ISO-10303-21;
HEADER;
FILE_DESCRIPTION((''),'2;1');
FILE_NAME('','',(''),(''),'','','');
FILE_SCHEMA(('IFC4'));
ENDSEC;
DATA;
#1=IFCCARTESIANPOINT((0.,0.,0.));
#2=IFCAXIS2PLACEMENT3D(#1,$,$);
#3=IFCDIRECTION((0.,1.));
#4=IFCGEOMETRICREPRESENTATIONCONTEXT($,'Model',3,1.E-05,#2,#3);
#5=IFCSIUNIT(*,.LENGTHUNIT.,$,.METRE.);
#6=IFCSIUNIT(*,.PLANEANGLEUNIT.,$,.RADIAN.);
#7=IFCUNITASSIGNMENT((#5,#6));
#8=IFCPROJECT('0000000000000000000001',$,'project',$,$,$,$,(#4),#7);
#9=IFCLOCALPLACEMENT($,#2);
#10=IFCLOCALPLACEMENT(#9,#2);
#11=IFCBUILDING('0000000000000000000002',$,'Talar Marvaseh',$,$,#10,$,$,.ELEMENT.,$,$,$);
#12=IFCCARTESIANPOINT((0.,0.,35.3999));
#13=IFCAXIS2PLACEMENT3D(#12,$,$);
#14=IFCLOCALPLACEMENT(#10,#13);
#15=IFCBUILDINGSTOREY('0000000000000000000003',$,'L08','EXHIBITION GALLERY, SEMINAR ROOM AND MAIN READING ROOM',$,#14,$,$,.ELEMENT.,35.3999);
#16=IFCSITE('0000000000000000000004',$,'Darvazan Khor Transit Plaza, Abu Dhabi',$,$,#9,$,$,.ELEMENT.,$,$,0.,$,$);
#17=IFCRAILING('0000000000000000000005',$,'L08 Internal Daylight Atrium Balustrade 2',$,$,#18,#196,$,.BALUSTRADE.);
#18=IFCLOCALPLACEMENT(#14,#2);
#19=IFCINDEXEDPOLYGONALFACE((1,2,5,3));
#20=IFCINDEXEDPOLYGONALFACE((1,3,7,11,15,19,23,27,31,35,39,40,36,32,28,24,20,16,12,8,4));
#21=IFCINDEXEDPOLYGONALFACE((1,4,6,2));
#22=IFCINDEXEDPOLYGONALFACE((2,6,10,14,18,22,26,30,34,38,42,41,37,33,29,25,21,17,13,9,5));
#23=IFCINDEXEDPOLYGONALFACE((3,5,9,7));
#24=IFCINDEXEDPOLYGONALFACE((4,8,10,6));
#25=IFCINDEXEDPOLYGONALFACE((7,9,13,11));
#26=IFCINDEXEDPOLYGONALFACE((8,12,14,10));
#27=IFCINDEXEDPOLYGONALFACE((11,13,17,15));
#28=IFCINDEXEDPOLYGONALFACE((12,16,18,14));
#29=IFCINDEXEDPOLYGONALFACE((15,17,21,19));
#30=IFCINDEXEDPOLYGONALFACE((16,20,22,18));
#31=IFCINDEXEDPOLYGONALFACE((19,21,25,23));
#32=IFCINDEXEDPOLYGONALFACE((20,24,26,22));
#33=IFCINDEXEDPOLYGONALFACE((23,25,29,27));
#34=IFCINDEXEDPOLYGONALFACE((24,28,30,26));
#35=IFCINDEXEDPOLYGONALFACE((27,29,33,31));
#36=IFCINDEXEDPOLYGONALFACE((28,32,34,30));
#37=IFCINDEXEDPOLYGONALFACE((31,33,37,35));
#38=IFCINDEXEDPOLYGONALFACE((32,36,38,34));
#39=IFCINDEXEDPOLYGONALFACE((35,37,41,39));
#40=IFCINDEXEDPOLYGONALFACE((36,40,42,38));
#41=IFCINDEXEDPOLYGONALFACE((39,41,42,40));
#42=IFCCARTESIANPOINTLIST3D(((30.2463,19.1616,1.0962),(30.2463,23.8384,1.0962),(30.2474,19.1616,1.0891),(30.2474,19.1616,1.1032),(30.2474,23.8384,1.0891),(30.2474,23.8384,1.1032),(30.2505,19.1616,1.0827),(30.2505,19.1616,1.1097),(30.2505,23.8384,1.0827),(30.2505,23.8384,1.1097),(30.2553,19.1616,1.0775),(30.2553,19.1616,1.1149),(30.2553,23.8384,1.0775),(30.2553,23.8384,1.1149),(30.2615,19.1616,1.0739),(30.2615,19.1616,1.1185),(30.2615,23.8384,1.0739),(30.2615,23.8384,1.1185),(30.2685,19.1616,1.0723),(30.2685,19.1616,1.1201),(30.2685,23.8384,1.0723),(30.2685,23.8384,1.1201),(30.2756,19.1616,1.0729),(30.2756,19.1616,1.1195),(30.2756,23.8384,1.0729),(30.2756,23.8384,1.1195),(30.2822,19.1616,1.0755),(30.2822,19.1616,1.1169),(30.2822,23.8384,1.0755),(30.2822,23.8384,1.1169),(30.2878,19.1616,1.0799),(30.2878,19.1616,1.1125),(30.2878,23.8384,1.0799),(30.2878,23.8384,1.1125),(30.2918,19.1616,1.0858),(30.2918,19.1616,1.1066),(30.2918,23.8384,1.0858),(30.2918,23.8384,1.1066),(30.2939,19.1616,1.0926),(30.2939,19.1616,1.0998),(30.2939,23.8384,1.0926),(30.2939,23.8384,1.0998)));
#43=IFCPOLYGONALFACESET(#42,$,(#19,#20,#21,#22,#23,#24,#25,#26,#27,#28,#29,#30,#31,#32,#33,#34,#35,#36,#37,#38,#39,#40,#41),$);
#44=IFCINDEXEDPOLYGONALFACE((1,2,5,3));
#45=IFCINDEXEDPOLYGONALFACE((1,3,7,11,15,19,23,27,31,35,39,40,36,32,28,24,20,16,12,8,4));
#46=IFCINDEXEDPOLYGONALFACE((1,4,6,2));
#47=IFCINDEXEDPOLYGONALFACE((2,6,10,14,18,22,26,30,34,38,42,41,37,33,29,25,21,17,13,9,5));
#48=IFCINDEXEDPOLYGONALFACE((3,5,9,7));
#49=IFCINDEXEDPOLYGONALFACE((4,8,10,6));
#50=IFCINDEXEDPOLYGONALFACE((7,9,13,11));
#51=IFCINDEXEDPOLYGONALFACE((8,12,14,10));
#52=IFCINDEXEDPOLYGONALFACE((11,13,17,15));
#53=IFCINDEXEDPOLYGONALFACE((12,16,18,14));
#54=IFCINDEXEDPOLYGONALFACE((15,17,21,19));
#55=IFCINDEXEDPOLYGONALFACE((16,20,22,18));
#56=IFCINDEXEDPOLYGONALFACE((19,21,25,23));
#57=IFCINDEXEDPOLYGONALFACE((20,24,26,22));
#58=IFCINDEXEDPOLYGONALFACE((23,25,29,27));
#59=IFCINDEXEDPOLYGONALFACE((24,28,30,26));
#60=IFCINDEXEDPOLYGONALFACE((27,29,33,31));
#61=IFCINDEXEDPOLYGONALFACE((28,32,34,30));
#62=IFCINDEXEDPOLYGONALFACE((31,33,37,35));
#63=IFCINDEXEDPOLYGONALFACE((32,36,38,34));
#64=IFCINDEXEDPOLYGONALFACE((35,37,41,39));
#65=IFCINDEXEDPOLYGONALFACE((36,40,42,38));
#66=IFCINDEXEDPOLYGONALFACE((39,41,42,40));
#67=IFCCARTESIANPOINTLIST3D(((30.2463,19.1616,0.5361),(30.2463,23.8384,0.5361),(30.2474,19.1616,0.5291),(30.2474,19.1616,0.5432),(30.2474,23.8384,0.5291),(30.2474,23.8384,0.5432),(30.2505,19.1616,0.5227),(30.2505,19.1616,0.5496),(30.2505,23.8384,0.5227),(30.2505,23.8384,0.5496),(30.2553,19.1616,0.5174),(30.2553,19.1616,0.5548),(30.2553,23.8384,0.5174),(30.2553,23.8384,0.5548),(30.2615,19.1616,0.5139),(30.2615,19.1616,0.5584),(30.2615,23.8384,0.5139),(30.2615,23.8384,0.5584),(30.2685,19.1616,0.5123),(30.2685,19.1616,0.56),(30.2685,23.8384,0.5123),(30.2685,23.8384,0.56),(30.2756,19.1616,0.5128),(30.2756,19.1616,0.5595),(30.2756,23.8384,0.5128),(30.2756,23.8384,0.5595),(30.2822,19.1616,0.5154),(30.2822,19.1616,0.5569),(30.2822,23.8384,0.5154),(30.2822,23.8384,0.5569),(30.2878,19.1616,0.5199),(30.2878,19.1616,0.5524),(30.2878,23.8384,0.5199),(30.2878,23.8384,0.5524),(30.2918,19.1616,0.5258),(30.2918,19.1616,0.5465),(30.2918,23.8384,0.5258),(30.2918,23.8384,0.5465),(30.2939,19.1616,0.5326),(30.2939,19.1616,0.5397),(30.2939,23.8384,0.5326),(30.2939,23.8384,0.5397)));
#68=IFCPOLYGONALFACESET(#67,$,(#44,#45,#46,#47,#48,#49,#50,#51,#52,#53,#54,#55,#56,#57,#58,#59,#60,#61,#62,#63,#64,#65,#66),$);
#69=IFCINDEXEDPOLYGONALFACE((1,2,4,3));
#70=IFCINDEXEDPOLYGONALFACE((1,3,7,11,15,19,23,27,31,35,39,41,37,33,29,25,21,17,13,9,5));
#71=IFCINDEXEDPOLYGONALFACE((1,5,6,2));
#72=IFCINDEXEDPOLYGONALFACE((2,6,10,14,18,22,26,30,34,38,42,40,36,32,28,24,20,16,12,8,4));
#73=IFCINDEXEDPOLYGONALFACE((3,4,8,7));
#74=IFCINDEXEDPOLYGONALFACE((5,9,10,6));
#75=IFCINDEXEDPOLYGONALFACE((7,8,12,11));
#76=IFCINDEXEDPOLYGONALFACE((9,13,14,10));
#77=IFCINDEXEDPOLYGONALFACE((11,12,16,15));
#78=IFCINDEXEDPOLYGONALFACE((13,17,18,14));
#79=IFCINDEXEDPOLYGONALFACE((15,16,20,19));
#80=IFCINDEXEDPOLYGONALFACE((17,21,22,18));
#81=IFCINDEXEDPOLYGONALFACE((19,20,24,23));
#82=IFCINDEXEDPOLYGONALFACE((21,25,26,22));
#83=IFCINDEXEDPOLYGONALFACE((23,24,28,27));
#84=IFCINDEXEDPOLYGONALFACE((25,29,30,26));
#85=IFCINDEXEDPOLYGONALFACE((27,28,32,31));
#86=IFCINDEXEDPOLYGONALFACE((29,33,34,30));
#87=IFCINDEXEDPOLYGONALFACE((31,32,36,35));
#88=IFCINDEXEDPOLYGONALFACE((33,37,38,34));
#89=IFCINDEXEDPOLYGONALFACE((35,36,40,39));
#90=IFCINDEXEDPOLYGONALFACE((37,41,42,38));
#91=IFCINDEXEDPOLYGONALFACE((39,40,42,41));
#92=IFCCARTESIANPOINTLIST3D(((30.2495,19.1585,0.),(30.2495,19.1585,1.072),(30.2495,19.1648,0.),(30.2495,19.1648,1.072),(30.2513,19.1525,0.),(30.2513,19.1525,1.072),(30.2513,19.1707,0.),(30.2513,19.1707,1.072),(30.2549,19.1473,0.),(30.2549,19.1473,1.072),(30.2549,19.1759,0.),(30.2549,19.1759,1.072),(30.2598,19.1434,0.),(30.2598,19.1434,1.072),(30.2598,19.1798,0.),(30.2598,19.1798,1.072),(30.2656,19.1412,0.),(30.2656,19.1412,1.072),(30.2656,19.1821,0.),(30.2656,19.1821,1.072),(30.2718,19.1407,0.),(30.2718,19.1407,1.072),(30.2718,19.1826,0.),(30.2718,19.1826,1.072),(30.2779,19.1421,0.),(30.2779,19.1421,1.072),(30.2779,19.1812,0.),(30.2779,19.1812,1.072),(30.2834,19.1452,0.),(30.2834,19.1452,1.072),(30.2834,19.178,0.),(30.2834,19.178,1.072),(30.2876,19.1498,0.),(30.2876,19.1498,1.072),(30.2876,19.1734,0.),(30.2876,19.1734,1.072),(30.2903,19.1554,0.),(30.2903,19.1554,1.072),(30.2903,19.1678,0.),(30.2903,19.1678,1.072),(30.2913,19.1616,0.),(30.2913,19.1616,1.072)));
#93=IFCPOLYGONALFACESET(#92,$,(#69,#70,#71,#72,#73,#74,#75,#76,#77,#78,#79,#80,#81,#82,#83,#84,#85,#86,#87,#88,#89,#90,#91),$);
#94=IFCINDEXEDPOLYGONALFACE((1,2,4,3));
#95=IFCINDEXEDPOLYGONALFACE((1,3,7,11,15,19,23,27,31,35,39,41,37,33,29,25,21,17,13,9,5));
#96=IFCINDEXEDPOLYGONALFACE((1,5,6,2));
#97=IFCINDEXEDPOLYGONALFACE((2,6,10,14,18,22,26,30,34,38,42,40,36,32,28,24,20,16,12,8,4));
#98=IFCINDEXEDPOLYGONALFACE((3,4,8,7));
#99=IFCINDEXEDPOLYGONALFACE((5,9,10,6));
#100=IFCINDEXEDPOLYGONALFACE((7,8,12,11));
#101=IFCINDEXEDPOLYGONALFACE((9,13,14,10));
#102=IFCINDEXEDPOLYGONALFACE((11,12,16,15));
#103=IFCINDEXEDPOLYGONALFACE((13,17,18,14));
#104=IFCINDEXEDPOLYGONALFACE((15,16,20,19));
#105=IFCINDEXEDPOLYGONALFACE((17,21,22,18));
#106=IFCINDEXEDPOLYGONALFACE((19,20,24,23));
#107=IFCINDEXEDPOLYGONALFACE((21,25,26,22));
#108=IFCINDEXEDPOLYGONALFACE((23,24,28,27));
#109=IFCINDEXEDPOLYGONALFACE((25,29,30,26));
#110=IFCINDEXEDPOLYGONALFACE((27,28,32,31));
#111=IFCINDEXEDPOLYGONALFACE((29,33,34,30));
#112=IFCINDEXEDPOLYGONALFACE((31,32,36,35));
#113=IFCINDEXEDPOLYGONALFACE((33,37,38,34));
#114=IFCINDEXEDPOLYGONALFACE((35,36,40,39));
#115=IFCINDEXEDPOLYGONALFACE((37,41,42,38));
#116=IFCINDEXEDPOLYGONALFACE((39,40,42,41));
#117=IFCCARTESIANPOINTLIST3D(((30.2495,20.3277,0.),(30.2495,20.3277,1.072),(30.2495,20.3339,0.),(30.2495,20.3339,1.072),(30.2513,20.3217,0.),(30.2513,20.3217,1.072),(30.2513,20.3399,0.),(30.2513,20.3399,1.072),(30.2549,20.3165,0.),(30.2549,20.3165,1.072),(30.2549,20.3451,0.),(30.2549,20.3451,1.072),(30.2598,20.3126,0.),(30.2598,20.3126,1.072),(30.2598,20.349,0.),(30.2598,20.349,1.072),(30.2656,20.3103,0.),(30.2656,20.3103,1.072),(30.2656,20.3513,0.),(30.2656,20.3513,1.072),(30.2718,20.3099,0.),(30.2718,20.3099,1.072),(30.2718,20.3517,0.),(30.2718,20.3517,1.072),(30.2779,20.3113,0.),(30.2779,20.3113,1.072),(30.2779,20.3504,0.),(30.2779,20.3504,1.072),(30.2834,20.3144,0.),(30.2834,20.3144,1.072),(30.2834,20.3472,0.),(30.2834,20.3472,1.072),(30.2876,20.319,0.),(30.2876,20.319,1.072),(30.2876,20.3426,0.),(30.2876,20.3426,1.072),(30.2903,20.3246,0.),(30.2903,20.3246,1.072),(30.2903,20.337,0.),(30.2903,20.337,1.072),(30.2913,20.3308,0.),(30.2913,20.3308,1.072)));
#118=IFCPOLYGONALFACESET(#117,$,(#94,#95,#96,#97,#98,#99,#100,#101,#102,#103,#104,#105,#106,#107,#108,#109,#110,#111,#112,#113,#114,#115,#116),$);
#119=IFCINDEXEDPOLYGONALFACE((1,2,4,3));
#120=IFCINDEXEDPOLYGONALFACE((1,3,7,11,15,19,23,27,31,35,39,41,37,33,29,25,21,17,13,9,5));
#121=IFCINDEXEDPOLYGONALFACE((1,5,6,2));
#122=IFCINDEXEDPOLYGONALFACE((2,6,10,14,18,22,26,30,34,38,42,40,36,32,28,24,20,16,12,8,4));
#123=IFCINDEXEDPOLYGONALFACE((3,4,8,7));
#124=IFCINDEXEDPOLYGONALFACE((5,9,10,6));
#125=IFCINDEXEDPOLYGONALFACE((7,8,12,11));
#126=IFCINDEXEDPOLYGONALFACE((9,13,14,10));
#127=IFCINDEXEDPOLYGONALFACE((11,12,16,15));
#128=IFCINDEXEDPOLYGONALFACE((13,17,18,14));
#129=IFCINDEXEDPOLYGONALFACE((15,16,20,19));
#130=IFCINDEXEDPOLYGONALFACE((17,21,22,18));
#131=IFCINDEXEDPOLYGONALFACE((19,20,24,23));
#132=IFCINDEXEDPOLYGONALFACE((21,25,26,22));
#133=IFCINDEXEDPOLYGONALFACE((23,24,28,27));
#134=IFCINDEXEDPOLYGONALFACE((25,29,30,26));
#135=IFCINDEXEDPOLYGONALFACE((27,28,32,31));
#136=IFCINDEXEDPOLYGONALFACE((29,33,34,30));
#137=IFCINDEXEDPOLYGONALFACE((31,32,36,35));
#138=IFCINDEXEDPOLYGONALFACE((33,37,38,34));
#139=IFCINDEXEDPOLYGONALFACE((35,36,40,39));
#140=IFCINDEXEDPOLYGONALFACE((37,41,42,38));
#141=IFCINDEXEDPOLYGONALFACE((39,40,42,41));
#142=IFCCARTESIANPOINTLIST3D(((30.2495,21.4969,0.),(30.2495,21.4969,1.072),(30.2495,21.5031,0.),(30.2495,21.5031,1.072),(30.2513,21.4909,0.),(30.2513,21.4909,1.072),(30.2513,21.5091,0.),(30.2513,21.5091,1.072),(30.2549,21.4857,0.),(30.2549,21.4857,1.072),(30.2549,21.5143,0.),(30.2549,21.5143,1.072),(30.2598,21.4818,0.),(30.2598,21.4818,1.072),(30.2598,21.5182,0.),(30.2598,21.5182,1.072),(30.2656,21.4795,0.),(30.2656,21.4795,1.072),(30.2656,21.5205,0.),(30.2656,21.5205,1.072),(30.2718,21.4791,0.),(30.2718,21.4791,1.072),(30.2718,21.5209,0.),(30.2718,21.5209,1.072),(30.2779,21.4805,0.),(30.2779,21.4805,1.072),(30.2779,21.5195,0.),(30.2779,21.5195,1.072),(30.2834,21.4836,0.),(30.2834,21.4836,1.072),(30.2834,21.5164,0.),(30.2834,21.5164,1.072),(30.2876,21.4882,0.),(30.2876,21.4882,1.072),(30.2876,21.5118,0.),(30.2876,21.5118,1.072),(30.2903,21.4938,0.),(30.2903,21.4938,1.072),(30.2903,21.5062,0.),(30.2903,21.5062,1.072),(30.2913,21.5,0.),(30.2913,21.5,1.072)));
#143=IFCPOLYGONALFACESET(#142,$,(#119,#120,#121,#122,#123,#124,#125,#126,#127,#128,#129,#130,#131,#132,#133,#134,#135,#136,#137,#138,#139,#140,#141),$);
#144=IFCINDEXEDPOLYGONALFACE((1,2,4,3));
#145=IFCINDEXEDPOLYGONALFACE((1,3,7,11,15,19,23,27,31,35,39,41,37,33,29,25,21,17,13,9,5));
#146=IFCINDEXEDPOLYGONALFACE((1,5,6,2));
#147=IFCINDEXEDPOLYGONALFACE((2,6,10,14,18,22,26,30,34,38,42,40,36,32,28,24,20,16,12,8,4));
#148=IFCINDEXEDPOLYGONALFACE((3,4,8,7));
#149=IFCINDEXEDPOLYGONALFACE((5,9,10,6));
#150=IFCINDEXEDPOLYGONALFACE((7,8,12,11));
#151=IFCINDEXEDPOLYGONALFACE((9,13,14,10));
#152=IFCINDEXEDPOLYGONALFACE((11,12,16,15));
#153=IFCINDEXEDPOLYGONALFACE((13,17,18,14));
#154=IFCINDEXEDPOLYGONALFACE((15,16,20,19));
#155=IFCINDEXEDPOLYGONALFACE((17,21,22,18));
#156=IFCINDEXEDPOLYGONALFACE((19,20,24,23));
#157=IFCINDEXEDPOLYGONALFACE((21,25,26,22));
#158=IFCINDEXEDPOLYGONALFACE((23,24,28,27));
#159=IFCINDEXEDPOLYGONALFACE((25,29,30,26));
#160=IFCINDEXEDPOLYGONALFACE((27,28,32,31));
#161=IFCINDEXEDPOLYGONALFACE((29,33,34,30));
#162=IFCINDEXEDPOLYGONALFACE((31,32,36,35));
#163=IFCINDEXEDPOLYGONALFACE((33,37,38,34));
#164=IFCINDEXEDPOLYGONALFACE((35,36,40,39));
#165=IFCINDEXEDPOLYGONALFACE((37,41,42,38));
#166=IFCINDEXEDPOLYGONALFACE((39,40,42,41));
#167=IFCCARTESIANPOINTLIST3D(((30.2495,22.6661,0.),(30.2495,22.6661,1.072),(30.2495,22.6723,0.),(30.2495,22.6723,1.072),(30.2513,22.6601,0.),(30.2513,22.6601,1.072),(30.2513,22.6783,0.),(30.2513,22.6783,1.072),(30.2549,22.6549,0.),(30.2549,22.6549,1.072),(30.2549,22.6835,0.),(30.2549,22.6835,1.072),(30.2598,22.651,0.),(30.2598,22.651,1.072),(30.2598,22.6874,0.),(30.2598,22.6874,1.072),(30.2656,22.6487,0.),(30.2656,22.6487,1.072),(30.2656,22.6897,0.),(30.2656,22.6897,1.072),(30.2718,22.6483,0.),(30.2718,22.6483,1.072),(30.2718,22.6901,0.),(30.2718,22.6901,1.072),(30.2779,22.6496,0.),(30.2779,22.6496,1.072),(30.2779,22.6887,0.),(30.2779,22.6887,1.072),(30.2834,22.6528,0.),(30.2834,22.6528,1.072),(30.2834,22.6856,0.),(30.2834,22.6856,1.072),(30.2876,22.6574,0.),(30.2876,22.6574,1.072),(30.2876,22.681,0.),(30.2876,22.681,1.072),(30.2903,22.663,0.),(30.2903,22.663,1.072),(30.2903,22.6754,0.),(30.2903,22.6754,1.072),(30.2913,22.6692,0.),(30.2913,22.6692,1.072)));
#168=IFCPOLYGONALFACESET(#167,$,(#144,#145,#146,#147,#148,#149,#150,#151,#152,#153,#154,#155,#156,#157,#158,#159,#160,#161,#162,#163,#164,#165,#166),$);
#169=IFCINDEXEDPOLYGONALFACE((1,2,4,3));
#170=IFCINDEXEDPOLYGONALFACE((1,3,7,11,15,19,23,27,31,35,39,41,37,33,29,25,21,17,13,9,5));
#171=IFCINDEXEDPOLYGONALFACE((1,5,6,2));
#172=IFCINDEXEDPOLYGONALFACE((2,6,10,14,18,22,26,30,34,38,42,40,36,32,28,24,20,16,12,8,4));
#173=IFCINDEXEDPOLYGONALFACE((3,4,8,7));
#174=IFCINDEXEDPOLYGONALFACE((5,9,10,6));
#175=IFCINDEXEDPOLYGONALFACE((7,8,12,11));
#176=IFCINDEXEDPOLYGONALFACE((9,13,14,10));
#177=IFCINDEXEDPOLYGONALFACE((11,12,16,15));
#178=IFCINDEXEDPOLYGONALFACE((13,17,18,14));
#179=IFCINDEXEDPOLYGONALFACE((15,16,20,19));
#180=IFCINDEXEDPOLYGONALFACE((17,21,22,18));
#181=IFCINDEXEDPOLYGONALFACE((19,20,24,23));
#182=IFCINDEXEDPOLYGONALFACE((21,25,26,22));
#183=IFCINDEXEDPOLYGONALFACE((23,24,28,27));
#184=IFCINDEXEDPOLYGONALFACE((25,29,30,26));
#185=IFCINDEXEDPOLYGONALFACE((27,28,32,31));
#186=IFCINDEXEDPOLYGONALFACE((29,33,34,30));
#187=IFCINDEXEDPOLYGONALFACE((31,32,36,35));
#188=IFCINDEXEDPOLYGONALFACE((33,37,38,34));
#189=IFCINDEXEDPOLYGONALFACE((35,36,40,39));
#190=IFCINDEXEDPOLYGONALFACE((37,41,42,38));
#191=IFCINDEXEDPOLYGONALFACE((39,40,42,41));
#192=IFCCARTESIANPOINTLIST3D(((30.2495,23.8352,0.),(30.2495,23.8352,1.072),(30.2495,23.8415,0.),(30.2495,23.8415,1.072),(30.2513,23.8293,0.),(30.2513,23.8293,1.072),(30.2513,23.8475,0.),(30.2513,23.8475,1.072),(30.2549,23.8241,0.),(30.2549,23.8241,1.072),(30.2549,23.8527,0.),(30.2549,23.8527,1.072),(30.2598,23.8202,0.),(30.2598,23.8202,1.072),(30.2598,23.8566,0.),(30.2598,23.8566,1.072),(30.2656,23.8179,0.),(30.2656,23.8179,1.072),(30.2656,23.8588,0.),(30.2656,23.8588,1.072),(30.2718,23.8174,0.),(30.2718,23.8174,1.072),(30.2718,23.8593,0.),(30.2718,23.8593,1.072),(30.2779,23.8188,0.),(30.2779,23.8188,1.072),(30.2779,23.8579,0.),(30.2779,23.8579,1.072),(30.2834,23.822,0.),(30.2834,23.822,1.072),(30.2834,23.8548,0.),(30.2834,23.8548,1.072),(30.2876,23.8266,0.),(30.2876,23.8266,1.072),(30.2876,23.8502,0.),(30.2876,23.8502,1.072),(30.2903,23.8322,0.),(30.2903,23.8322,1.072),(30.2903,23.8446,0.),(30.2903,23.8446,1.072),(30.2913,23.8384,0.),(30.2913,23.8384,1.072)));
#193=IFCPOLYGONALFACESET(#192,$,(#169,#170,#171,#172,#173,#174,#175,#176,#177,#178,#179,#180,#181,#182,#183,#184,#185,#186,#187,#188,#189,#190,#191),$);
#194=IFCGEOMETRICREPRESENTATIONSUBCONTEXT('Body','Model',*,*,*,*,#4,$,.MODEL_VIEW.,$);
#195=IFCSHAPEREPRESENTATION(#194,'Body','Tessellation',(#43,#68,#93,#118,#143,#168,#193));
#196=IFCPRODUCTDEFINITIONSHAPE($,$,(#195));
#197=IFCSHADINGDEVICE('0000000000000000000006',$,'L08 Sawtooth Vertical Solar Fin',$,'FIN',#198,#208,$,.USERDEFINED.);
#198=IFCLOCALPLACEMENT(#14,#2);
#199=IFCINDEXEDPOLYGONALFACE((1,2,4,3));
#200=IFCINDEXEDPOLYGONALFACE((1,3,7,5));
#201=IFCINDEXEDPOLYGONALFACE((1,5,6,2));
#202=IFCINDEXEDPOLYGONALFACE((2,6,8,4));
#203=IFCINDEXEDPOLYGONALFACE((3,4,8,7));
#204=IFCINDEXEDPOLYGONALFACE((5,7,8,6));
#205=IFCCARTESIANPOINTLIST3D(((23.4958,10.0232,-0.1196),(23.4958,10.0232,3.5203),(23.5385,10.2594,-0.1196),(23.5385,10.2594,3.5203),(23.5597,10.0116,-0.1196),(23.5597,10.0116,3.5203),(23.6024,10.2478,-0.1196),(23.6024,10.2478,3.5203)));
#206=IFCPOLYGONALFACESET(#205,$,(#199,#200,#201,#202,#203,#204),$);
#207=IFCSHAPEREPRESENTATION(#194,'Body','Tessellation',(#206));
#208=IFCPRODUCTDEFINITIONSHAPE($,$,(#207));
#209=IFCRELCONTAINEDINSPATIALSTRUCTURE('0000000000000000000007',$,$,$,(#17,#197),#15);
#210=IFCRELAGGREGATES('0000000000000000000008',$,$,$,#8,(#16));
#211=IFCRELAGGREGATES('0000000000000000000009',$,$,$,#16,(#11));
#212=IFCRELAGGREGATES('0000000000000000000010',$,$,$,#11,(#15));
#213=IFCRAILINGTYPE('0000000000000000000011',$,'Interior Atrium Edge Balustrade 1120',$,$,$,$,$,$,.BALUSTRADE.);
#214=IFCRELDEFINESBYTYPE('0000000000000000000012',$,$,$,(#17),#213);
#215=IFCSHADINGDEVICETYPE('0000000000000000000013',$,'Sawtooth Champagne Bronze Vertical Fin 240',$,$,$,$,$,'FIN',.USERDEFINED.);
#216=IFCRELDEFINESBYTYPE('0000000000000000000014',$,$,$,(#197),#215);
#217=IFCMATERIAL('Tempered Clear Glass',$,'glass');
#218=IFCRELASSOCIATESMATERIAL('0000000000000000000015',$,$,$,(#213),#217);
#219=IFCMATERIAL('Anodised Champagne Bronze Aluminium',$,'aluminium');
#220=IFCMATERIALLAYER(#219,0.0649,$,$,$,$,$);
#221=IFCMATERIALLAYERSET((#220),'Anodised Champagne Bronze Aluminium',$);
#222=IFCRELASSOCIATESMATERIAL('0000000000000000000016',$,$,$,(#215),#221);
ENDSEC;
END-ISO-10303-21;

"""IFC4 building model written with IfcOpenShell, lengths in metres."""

from ifc_helpers import new_model, si_unit, direction, frame, origin, origin_2d, place, context, subcontext, project, spatial, rectangle, circle, extrude, source, transform, mapped, material, layer, layer_set, type_object, type_shapes, element, save


model = new_model("IFC4")

# Units and contexts
model_context = context("Model", 3, precision=1e-05, world=origin(), true_north=direction((0.0, 1.0)))
body_context = subcontext(model_context, "Body", "Model", "MODEL_VIEW")
ifc_project = project(units=[si_unit("LENGTHUNIT", "METRE"), si_unit("PLANEANGLEUNIT", "RADIAN")], contexts=[model_context])

# Site, building, storey
site_placement = place(None, origin())
site = spatial("IfcSite", under=ifc_project, at=site_placement, Name="Darvazan Khor Transit Plaza, Abu Dhabi", CompositionType="ELEMENT", RefElevation=0.0)
building_placement = place(site_placement, origin())
building = spatial("IfcBuilding", under=site, at=building_placement, Name="Talar Marvaseh", CompositionType="ELEMENT")
storey_placement = place(building_placement, frame((0.0, 0.0, 35.3999)))
storey = spatial("IfcBuildingStorey", under=building, at=storey_placement, Name="L08", Description="EXHIBITION GALLERY, SEMINAR ROOM AND MAIN READING ROOM", CompositionType="ELEMENT", Elevation=35.3999)

# Railing
ifc_material_1 = material(Name="Tempered Clear Glass", Category="glass")
railing_type = type_object("IfcRailingType", Name="Interior Atrium Edge Balustrade 1120", PredefinedType="BALUSTRADE", material=ifc_material_1)
railing_1_placement = place(storey_placement, frame((30.2703, 19.1616, 0.0)))
element("IfcRailing", 1, at=railing_1_placement, inside=storey, type_object=railing_type, Name="L08 Internal Daylight Atrium Balustrade 2", PredefinedType="BALUSTRADE", context=body_context, shape_type="SweptSolid", body=[
    extrude(circle(Radius=0.0239, at=origin_2d()), frame((0.0, 0.0, 1.0962), z_axis=(0.0, 1.0, 0.0), x_axis=(-1.0, 0.0, 0.0)), (0.0, 0.0, 1.0), 4.6768),
    extrude(circle(Radius=0.0239, at=origin_2d()), frame((0.0, 0.0, 0.5361), z_axis=(0.0, 1.0, 0.0), x_axis=(-1.0, 0.0, 0.0)), (0.0, 0.0, 1.0), 4.6768),
    extrude(circle(Radius=0.021, at=origin_2d()), origin(), (0.0, 0.0, 1.0), 1.072),
    extrude(circle(Radius=0.021, at=origin_2d()), frame((0.0, 1.1692, 0.0)), (0.0, 0.0, 1.0), 1.072),
    extrude(circle(Radius=0.021, at=origin_2d()), frame((0.0, 2.3384, 0.0)), (0.0, 0.0, 1.0), 1.072),
    extrude(circle(Radius=0.021, at=origin_2d()), frame((0.0, 3.5076, 0.0)), (0.0, 0.0, 1.0), 1.072),
    extrude(circle(Radius=0.021, at=origin_2d()), frame((0.0, 4.6768, 0.0)), (0.0, 0.0, 1.0), 1.072),
])

# Shading device
ifc_material_2 = material(Name="Anodised Champagne Bronze Aluminium", Category="aluminium")
ifc_layer_1 = layer(ifc_material_2, 0.0649)
ifc_layer_set_1 = layer_set([ifc_layer_1], Name="Anodised Champagne Bronze Aluminium")
shading_device_type = type_object("IfcShadingDeviceType", Name="Sawtooth Champagne Bronze Vertical Fin 240", ElementType="FIN", PredefinedType="USERDEFINED", material=ifc_layer_set_1)
shared_shape_1 = source(origin(), body_context, "Body", "SweptSolid", [
    extrude(rectangle(XDim=0.24, YDim=0.0649, at=origin_2d()), origin(), (0.0, 0.0, 1.0), 3.6399),
])
type_shapes(shading_device_type, [shared_shape_1])
for number, where, z_axis, x_axis, name in (
    (2, (23.5491, 10.1355, -0.1196), (0.0, 0.0, 1.0), (-0.177772, -0.984072, 0.0), "L08 Sawtooth Vertical Solar Fin"),
):
    element("IfcShadingDevice", number, at=place(storey_placement, frame(where, z_axis=z_axis, x_axis=x_axis)), inside=storey, type_object=shading_device_type, Name=name, ObjectType="FIN", PredefinedType="USERDEFINED", context=body_context, shape_type="MappedRepresentation", body=[
        mapped(shared_shape_1, transform((0.0, 0.0, 0.0), x_axis=(1.0, 0.0, 0.0), y_axis=(0.0, 1.0, 0.0), z_axis=(0.0, 0.0, 1.0), scale=1.0)),
    ])

save(model, "model.ifc")
